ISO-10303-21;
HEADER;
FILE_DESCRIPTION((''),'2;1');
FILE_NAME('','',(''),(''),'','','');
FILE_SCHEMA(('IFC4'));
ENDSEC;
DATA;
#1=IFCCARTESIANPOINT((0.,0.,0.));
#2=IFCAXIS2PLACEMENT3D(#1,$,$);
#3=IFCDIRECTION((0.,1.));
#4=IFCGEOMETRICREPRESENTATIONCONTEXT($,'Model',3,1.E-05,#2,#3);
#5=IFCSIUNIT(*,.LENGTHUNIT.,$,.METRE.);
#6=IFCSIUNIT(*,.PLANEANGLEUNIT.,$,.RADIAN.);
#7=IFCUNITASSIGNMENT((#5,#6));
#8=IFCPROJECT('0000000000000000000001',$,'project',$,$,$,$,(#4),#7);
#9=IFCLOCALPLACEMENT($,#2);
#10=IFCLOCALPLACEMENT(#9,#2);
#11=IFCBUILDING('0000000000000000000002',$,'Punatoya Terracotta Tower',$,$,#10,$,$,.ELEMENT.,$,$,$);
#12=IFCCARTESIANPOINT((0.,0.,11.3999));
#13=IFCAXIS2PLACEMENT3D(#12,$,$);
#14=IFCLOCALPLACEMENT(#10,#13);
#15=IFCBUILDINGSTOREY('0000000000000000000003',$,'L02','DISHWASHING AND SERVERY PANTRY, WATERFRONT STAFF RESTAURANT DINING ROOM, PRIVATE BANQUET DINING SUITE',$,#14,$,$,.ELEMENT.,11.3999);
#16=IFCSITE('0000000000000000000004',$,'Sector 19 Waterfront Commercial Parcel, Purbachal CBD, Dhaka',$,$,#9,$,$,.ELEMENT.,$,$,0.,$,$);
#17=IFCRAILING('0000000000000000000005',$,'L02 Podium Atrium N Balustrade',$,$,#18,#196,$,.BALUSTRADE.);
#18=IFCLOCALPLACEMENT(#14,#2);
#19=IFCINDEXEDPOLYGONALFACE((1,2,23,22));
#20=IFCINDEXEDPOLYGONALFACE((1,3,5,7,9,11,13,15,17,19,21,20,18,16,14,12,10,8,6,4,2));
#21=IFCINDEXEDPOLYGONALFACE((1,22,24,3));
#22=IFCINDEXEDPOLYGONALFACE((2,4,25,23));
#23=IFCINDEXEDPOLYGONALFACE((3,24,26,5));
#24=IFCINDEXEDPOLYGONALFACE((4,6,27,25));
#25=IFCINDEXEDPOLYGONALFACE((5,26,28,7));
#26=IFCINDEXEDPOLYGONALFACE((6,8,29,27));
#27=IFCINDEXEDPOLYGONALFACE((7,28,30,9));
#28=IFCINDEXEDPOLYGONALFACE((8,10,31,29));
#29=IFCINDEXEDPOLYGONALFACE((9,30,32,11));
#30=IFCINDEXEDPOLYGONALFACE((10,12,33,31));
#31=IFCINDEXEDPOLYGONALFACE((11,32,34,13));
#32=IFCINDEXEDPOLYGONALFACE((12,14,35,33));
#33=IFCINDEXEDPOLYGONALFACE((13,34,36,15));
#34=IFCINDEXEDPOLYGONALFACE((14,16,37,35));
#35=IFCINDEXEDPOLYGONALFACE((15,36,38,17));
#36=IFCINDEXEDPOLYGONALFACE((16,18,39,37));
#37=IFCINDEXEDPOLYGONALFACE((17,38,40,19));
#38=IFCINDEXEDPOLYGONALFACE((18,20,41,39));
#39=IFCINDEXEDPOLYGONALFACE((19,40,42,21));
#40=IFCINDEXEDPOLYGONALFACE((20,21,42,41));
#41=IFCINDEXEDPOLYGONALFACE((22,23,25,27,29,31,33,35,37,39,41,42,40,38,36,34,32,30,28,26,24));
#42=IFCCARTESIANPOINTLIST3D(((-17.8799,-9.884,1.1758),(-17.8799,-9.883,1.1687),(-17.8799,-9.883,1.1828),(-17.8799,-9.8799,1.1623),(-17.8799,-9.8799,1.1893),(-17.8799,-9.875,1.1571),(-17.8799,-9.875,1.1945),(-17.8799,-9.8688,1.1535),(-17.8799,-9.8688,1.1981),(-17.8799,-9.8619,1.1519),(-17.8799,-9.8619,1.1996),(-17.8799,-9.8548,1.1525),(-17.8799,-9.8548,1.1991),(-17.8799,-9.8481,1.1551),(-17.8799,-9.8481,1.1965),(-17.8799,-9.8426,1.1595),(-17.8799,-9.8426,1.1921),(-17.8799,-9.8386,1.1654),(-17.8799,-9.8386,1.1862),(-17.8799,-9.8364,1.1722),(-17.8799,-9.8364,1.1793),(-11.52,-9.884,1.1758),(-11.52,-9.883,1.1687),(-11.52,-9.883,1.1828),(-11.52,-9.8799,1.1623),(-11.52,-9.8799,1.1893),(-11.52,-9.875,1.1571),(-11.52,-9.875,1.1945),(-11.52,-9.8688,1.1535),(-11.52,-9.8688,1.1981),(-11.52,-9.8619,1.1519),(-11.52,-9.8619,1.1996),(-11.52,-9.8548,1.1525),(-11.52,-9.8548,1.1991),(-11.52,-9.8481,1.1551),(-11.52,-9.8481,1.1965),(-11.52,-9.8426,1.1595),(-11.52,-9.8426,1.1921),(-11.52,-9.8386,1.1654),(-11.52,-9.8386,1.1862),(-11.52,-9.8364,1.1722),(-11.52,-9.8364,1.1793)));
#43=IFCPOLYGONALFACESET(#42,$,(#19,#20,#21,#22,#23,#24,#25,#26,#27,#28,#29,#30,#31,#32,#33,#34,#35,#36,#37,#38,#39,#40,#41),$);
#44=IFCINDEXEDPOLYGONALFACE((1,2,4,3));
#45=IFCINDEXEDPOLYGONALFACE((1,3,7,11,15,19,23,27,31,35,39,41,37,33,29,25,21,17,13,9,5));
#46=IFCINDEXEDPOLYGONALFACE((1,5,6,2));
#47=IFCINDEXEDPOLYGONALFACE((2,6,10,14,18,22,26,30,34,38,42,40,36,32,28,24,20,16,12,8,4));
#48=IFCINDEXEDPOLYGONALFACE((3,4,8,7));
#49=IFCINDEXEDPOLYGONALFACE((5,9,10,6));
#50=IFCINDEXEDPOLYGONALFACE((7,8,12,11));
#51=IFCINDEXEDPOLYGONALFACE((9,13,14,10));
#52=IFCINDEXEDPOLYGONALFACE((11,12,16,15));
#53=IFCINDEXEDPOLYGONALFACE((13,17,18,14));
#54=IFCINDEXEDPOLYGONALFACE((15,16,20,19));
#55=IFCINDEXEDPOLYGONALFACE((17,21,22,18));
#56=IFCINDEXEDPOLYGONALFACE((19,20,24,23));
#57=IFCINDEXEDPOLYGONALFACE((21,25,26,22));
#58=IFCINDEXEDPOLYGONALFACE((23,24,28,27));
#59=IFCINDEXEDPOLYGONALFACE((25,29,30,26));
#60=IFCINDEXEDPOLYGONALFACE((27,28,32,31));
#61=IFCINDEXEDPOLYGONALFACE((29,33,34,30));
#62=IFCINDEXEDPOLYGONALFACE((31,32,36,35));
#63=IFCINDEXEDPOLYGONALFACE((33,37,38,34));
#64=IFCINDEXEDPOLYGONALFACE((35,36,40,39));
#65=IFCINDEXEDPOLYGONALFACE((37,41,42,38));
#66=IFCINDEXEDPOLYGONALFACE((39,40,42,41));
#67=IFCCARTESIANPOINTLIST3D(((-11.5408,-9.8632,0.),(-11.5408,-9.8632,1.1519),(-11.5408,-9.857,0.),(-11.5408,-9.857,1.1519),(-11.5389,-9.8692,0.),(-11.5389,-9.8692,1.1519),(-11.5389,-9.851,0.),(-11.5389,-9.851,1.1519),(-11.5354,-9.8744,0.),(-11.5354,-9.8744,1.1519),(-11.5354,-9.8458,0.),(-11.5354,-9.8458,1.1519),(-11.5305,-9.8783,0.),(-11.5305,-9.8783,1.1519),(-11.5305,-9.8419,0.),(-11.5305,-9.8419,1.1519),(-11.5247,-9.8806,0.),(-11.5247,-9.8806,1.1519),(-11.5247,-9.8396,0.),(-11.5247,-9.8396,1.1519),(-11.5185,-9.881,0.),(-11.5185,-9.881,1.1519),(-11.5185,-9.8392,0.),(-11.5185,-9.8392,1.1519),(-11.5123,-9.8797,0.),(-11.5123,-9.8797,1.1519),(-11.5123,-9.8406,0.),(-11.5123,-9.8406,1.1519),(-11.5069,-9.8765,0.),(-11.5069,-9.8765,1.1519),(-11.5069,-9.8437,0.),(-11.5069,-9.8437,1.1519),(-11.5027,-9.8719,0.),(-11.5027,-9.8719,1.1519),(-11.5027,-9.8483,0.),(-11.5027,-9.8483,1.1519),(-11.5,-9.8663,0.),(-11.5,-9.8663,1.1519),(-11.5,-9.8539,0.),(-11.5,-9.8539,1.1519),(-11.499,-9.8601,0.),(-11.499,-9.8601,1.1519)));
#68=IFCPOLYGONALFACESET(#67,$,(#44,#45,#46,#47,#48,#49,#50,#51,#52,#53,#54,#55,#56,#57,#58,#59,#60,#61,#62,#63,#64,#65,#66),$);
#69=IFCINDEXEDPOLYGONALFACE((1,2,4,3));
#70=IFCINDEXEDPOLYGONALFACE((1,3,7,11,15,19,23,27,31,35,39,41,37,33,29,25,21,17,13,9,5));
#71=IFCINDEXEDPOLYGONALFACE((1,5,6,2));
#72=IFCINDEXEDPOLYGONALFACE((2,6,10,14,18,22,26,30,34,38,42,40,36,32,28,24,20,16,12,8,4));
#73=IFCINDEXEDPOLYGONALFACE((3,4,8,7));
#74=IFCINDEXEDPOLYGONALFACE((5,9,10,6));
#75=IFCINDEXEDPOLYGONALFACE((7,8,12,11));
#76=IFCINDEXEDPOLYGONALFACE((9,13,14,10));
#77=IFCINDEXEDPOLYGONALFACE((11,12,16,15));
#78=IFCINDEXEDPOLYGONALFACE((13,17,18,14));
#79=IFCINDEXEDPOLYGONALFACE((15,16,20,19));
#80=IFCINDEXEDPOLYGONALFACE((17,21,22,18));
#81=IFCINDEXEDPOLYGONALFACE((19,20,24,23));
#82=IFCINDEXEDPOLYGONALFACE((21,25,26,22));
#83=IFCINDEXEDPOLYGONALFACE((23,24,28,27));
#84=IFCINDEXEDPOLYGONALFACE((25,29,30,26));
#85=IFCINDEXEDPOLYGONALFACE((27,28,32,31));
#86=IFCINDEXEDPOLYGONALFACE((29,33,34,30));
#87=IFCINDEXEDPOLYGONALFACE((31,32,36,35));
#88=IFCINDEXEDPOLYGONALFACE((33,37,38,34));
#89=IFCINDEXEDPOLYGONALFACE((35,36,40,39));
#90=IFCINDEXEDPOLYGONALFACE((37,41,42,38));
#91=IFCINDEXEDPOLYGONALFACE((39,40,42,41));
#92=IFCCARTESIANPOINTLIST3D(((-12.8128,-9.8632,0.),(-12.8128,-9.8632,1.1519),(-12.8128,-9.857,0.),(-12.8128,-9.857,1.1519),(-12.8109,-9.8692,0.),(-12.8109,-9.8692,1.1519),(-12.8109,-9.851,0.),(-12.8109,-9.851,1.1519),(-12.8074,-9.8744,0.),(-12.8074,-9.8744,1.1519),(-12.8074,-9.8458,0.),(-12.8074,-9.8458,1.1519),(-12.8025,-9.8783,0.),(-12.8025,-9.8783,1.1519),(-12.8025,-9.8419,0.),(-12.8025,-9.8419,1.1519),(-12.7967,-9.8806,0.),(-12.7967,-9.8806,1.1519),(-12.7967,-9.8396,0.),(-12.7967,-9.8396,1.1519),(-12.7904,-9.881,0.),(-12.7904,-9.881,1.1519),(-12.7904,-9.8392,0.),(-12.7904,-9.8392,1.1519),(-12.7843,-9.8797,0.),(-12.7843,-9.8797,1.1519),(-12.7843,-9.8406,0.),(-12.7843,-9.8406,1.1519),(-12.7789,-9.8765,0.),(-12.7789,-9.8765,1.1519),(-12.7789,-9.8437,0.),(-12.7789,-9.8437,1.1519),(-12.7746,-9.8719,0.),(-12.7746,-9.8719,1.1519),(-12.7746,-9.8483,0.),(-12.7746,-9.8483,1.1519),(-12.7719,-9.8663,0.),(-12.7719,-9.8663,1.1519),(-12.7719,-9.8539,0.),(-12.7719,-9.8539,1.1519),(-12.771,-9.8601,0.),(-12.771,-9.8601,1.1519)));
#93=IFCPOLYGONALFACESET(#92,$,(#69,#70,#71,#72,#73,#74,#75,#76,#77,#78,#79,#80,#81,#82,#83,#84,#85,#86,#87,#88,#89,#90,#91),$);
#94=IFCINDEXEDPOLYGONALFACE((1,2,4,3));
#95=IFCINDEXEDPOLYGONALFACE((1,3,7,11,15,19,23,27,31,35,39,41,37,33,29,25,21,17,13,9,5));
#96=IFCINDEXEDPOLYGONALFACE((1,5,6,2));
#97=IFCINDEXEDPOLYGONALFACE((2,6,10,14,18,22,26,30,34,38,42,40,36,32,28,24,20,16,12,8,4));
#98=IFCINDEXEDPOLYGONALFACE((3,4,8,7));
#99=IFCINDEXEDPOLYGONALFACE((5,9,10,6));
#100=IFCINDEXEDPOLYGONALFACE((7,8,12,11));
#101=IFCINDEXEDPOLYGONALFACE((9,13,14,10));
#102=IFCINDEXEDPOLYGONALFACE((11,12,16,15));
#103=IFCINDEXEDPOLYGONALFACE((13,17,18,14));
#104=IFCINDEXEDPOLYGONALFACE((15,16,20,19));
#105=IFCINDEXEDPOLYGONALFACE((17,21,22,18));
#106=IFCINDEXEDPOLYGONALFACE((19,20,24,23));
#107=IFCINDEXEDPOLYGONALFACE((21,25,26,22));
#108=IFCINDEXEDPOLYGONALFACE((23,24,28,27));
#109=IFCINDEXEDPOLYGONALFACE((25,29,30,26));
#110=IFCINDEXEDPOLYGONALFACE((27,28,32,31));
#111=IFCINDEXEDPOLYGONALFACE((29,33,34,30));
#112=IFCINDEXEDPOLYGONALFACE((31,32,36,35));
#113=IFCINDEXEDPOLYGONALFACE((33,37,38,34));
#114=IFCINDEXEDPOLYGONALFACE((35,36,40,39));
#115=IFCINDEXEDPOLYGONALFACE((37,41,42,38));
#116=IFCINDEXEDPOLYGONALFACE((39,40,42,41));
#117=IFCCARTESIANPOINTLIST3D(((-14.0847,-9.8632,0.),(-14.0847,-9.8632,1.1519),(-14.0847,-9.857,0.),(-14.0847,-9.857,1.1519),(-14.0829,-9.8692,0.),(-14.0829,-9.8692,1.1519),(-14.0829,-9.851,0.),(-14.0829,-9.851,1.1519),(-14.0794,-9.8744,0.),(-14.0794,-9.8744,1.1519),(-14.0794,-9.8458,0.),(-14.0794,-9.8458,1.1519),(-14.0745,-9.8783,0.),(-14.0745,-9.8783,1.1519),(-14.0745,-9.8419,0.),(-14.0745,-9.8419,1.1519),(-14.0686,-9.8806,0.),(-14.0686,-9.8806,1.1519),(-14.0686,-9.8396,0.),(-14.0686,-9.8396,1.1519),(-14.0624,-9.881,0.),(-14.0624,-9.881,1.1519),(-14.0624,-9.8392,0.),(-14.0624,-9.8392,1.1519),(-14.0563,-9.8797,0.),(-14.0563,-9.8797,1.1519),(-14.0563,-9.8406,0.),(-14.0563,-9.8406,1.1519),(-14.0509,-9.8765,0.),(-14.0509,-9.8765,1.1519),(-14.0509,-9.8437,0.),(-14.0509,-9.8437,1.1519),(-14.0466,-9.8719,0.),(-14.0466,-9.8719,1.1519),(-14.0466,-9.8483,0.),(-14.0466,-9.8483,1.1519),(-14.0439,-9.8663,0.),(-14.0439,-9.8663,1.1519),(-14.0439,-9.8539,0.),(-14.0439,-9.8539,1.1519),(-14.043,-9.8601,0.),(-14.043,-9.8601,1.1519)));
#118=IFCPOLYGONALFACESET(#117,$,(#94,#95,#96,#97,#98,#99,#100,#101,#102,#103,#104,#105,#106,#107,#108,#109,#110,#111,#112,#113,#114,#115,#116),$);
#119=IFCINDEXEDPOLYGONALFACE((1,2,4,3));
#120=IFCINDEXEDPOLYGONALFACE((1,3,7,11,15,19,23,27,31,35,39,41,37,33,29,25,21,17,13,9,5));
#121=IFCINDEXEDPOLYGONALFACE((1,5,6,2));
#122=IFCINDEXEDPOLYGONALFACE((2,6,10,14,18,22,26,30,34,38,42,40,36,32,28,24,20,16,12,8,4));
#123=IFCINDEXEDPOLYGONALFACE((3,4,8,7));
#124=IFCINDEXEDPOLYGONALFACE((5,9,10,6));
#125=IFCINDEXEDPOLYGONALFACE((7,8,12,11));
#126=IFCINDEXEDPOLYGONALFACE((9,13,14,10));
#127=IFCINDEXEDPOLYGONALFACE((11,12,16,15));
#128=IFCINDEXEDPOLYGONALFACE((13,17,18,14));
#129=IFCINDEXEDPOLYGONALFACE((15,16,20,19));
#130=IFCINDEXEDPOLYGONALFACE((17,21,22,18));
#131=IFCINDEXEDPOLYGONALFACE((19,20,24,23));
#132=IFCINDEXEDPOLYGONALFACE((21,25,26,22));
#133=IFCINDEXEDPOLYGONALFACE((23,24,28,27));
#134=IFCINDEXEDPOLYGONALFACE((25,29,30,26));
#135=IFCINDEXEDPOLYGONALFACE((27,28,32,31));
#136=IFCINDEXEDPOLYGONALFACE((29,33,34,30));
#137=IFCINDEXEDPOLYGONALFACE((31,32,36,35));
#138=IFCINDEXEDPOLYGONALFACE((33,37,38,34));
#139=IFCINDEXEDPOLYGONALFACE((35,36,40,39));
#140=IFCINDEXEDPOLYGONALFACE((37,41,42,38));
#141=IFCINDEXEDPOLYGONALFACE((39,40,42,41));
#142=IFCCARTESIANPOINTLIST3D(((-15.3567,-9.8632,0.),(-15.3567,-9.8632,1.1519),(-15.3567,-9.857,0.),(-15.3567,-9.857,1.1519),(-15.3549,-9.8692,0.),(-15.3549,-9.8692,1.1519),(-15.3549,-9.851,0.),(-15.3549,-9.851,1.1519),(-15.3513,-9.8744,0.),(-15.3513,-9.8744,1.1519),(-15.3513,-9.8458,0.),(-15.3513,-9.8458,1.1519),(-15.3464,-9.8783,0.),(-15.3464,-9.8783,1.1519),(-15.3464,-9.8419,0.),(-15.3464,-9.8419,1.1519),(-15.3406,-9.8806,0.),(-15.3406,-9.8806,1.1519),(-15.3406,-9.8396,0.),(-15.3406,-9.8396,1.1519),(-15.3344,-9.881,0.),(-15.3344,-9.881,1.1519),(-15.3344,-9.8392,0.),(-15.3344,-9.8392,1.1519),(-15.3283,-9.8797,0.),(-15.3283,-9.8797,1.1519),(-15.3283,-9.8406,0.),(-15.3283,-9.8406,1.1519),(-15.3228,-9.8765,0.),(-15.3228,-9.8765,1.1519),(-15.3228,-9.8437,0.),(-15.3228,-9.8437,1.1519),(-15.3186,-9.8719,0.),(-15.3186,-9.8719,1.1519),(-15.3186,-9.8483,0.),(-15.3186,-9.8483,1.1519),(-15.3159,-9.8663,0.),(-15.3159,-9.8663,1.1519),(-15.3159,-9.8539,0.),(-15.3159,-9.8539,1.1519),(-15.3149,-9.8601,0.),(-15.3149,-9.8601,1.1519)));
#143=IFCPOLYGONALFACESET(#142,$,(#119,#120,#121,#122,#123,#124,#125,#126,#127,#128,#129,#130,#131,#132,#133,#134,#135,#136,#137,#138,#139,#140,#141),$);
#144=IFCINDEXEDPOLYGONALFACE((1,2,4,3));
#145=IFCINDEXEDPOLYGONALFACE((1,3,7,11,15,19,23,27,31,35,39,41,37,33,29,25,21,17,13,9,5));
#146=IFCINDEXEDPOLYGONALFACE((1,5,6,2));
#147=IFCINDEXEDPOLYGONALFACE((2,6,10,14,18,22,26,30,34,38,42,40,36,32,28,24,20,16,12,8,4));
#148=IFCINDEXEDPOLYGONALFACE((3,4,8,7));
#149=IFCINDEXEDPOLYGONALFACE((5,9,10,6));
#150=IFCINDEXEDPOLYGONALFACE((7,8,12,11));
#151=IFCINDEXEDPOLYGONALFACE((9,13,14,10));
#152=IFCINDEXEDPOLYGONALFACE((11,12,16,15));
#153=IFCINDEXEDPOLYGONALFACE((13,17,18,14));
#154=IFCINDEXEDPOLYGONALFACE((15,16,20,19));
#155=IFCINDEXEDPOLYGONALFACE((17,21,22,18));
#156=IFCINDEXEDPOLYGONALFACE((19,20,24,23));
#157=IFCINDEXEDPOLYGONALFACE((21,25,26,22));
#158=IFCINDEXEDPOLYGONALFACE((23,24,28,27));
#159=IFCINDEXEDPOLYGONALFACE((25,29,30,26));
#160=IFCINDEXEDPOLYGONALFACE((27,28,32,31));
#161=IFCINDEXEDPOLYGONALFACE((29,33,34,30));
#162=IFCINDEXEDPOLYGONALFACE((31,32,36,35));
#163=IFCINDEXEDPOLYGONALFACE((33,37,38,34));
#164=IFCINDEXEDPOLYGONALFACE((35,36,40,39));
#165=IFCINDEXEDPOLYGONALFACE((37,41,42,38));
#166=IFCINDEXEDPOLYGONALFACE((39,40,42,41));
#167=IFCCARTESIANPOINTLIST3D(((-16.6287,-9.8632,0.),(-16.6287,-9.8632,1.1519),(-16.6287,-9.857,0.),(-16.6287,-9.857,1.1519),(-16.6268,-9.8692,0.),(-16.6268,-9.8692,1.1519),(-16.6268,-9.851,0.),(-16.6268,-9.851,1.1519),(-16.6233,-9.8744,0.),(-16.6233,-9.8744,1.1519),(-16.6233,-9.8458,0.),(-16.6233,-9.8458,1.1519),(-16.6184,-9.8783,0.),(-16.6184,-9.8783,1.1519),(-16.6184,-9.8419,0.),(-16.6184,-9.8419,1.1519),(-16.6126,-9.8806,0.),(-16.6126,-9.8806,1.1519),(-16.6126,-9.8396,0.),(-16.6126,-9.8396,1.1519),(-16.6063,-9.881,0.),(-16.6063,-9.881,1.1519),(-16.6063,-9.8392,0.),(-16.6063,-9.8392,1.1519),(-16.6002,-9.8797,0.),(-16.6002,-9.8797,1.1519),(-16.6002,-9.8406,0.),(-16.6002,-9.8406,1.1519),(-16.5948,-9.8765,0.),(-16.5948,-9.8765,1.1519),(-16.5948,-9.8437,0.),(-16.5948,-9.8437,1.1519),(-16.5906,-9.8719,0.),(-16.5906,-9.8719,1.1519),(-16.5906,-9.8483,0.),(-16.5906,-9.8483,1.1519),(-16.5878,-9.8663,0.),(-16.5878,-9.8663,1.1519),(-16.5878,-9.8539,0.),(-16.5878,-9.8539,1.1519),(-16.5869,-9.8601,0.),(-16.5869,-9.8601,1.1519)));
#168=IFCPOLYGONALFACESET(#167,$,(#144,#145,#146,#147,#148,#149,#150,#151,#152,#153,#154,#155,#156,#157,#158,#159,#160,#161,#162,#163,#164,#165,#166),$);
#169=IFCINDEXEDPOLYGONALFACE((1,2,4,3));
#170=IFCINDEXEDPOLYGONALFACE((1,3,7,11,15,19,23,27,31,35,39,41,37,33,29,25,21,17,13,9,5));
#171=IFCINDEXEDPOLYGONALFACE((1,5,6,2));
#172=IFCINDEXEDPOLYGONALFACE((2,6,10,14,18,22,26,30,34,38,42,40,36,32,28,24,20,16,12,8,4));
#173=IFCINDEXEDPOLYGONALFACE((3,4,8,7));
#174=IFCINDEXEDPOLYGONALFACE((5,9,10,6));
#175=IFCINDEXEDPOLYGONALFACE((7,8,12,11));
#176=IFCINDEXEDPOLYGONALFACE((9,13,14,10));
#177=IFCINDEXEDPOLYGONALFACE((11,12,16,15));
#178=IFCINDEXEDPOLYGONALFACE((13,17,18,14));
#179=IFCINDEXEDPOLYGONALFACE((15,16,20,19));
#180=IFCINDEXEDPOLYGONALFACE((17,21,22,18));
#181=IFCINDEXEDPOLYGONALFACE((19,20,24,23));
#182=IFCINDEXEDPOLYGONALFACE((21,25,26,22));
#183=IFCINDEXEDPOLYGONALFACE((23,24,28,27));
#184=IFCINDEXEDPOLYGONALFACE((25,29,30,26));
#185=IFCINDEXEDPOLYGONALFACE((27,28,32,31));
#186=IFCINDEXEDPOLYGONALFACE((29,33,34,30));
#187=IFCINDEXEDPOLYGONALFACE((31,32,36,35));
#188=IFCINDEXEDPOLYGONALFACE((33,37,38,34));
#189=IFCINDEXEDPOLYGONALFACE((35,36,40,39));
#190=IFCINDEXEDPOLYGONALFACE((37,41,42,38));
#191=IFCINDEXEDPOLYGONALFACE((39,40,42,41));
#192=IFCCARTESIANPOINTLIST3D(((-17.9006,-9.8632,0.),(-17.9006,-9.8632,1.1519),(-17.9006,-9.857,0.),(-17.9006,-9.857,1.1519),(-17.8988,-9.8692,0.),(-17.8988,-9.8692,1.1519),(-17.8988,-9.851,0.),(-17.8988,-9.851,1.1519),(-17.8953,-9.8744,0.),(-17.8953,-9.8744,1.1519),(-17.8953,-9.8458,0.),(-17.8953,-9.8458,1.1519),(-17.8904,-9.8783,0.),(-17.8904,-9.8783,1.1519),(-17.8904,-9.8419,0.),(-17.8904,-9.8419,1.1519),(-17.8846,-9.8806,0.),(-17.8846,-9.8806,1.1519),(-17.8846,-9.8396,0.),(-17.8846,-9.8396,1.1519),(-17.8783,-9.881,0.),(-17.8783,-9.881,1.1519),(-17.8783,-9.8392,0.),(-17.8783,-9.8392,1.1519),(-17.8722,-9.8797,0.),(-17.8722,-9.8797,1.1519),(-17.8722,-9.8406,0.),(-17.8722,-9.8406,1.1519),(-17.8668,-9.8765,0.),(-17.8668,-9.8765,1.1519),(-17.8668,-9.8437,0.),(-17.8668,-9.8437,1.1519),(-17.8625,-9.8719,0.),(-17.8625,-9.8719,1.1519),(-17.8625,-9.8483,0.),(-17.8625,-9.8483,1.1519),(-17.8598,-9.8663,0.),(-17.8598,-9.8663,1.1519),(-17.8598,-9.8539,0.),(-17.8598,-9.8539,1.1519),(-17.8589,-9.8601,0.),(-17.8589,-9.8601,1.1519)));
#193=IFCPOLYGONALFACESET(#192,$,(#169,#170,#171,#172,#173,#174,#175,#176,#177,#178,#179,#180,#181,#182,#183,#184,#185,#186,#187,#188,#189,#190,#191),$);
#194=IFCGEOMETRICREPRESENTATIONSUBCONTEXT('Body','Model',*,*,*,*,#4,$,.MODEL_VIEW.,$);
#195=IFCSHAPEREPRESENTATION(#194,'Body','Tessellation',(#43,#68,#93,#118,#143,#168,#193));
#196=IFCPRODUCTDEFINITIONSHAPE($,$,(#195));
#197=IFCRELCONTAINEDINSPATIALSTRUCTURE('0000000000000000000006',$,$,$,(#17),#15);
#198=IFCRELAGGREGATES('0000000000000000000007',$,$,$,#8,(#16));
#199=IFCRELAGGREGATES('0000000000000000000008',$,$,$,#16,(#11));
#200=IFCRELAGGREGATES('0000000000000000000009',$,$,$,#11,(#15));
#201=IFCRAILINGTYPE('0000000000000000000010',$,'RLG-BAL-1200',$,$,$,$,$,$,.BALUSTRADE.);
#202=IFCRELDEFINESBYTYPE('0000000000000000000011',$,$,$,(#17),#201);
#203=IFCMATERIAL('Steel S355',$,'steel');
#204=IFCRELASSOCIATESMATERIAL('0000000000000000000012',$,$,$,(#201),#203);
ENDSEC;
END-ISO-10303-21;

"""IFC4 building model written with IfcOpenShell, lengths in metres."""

from ifc_helpers import new_model, si_unit, direction, frame, origin, origin_2d, place, context, subcontext, project, spatial, circle, extrude, material, type_object, element, save


model = new_model("IFC4")

# Units and contexts
model_context = context("Model", 3, precision=1e-05, world=origin(), true_north=direction((0.0, 1.0)))
body_context = subcontext(model_context, "Body", "Model", "MODEL_VIEW")
ifc_project = project(units=[si_unit("LENGTHUNIT", "METRE"), si_unit("PLANEANGLEUNIT", "RADIAN")], contexts=[model_context])

# Site, building, storey
site_placement = place(None, origin())
site = spatial("IfcSite", under=ifc_project, at=site_placement, Name="Sector 19 Waterfront Commercial Parcel, Purbachal CBD, Dhaka", CompositionType="ELEMENT", RefElevation=0.0)
building_placement = place(site_placement, origin())
building = spatial("IfcBuilding", under=site, at=building_placement, Name="Punatoya Terracotta Tower", CompositionType="ELEMENT")
storey_placement = place(building_placement, frame((0.0, 0.0, 11.3999)))
storey = spatial("IfcBuildingStorey", under=building, at=storey_placement, Name="L02", Description="DISHWASHING AND SERVERY PANTRY, WATERFRONT STAFF RESTAURANT DINING ROOM, PRIVATE BANQUET DINING SUITE", CompositionType="ELEMENT", Elevation=11.3999)

# Shared definitions
ifc_material_1 = material(Name="Steel S355", Category="steel")

# Railing
railing_type_1 = type_object("IfcRailingType", Name="RLG-BAL-1200", PredefinedType="BALUSTRADE", material=ifc_material_1)
railing_1_placement = place(storey_placement, frame((-11.52, -9.8601, 0.0)))
element("IfcRailing", 1, at=railing_1_placement, inside=storey, type_object=railing_type_1, Name="L02 Podium Atrium N Balustrade", PredefinedType="BALUSTRADE", context=body_context, shape_type="SweptSolid", body=[
    extrude(circle(Radius=0.0239, at=origin_2d()), frame((0.0, 0.0, 1.1758), z_axis=(-1.0, 0.0, 0.0), x_axis=(0.0, -1.0, 0.0)), (0.0, 0.0, 1.0), 6.3599),
    extrude(circle(Radius=0.021, at=origin_2d()), origin(), (0.0, 0.0, 1.0), 1.1519),
    extrude(circle(Radius=0.021, at=origin_2d()), frame((-1.272, 0.0, 0.0)), (0.0, 0.0, 1.0), 1.1519),
    extrude(circle(Radius=0.021, at=origin_2d()), frame((-2.5439, 0.0, 0.0)), (0.0, 0.0, 1.0), 1.1519),
    extrude(circle(Radius=0.021, at=origin_2d()), frame((-3.8159, 0.0, 0.0)), (0.0, 0.0, 1.0), 1.1519),
    extrude(circle(Radius=0.021, at=origin_2d()), frame((-5.0879, 0.0, 0.0)), (0.0, 0.0, 1.0), 1.1519),
    extrude(circle(Radius=0.021, at=origin_2d()), frame((-6.3599, 0.0, 0.0)), (0.0, 0.0, 1.0), 1.1519),
])

save(model, "model.ifc")
